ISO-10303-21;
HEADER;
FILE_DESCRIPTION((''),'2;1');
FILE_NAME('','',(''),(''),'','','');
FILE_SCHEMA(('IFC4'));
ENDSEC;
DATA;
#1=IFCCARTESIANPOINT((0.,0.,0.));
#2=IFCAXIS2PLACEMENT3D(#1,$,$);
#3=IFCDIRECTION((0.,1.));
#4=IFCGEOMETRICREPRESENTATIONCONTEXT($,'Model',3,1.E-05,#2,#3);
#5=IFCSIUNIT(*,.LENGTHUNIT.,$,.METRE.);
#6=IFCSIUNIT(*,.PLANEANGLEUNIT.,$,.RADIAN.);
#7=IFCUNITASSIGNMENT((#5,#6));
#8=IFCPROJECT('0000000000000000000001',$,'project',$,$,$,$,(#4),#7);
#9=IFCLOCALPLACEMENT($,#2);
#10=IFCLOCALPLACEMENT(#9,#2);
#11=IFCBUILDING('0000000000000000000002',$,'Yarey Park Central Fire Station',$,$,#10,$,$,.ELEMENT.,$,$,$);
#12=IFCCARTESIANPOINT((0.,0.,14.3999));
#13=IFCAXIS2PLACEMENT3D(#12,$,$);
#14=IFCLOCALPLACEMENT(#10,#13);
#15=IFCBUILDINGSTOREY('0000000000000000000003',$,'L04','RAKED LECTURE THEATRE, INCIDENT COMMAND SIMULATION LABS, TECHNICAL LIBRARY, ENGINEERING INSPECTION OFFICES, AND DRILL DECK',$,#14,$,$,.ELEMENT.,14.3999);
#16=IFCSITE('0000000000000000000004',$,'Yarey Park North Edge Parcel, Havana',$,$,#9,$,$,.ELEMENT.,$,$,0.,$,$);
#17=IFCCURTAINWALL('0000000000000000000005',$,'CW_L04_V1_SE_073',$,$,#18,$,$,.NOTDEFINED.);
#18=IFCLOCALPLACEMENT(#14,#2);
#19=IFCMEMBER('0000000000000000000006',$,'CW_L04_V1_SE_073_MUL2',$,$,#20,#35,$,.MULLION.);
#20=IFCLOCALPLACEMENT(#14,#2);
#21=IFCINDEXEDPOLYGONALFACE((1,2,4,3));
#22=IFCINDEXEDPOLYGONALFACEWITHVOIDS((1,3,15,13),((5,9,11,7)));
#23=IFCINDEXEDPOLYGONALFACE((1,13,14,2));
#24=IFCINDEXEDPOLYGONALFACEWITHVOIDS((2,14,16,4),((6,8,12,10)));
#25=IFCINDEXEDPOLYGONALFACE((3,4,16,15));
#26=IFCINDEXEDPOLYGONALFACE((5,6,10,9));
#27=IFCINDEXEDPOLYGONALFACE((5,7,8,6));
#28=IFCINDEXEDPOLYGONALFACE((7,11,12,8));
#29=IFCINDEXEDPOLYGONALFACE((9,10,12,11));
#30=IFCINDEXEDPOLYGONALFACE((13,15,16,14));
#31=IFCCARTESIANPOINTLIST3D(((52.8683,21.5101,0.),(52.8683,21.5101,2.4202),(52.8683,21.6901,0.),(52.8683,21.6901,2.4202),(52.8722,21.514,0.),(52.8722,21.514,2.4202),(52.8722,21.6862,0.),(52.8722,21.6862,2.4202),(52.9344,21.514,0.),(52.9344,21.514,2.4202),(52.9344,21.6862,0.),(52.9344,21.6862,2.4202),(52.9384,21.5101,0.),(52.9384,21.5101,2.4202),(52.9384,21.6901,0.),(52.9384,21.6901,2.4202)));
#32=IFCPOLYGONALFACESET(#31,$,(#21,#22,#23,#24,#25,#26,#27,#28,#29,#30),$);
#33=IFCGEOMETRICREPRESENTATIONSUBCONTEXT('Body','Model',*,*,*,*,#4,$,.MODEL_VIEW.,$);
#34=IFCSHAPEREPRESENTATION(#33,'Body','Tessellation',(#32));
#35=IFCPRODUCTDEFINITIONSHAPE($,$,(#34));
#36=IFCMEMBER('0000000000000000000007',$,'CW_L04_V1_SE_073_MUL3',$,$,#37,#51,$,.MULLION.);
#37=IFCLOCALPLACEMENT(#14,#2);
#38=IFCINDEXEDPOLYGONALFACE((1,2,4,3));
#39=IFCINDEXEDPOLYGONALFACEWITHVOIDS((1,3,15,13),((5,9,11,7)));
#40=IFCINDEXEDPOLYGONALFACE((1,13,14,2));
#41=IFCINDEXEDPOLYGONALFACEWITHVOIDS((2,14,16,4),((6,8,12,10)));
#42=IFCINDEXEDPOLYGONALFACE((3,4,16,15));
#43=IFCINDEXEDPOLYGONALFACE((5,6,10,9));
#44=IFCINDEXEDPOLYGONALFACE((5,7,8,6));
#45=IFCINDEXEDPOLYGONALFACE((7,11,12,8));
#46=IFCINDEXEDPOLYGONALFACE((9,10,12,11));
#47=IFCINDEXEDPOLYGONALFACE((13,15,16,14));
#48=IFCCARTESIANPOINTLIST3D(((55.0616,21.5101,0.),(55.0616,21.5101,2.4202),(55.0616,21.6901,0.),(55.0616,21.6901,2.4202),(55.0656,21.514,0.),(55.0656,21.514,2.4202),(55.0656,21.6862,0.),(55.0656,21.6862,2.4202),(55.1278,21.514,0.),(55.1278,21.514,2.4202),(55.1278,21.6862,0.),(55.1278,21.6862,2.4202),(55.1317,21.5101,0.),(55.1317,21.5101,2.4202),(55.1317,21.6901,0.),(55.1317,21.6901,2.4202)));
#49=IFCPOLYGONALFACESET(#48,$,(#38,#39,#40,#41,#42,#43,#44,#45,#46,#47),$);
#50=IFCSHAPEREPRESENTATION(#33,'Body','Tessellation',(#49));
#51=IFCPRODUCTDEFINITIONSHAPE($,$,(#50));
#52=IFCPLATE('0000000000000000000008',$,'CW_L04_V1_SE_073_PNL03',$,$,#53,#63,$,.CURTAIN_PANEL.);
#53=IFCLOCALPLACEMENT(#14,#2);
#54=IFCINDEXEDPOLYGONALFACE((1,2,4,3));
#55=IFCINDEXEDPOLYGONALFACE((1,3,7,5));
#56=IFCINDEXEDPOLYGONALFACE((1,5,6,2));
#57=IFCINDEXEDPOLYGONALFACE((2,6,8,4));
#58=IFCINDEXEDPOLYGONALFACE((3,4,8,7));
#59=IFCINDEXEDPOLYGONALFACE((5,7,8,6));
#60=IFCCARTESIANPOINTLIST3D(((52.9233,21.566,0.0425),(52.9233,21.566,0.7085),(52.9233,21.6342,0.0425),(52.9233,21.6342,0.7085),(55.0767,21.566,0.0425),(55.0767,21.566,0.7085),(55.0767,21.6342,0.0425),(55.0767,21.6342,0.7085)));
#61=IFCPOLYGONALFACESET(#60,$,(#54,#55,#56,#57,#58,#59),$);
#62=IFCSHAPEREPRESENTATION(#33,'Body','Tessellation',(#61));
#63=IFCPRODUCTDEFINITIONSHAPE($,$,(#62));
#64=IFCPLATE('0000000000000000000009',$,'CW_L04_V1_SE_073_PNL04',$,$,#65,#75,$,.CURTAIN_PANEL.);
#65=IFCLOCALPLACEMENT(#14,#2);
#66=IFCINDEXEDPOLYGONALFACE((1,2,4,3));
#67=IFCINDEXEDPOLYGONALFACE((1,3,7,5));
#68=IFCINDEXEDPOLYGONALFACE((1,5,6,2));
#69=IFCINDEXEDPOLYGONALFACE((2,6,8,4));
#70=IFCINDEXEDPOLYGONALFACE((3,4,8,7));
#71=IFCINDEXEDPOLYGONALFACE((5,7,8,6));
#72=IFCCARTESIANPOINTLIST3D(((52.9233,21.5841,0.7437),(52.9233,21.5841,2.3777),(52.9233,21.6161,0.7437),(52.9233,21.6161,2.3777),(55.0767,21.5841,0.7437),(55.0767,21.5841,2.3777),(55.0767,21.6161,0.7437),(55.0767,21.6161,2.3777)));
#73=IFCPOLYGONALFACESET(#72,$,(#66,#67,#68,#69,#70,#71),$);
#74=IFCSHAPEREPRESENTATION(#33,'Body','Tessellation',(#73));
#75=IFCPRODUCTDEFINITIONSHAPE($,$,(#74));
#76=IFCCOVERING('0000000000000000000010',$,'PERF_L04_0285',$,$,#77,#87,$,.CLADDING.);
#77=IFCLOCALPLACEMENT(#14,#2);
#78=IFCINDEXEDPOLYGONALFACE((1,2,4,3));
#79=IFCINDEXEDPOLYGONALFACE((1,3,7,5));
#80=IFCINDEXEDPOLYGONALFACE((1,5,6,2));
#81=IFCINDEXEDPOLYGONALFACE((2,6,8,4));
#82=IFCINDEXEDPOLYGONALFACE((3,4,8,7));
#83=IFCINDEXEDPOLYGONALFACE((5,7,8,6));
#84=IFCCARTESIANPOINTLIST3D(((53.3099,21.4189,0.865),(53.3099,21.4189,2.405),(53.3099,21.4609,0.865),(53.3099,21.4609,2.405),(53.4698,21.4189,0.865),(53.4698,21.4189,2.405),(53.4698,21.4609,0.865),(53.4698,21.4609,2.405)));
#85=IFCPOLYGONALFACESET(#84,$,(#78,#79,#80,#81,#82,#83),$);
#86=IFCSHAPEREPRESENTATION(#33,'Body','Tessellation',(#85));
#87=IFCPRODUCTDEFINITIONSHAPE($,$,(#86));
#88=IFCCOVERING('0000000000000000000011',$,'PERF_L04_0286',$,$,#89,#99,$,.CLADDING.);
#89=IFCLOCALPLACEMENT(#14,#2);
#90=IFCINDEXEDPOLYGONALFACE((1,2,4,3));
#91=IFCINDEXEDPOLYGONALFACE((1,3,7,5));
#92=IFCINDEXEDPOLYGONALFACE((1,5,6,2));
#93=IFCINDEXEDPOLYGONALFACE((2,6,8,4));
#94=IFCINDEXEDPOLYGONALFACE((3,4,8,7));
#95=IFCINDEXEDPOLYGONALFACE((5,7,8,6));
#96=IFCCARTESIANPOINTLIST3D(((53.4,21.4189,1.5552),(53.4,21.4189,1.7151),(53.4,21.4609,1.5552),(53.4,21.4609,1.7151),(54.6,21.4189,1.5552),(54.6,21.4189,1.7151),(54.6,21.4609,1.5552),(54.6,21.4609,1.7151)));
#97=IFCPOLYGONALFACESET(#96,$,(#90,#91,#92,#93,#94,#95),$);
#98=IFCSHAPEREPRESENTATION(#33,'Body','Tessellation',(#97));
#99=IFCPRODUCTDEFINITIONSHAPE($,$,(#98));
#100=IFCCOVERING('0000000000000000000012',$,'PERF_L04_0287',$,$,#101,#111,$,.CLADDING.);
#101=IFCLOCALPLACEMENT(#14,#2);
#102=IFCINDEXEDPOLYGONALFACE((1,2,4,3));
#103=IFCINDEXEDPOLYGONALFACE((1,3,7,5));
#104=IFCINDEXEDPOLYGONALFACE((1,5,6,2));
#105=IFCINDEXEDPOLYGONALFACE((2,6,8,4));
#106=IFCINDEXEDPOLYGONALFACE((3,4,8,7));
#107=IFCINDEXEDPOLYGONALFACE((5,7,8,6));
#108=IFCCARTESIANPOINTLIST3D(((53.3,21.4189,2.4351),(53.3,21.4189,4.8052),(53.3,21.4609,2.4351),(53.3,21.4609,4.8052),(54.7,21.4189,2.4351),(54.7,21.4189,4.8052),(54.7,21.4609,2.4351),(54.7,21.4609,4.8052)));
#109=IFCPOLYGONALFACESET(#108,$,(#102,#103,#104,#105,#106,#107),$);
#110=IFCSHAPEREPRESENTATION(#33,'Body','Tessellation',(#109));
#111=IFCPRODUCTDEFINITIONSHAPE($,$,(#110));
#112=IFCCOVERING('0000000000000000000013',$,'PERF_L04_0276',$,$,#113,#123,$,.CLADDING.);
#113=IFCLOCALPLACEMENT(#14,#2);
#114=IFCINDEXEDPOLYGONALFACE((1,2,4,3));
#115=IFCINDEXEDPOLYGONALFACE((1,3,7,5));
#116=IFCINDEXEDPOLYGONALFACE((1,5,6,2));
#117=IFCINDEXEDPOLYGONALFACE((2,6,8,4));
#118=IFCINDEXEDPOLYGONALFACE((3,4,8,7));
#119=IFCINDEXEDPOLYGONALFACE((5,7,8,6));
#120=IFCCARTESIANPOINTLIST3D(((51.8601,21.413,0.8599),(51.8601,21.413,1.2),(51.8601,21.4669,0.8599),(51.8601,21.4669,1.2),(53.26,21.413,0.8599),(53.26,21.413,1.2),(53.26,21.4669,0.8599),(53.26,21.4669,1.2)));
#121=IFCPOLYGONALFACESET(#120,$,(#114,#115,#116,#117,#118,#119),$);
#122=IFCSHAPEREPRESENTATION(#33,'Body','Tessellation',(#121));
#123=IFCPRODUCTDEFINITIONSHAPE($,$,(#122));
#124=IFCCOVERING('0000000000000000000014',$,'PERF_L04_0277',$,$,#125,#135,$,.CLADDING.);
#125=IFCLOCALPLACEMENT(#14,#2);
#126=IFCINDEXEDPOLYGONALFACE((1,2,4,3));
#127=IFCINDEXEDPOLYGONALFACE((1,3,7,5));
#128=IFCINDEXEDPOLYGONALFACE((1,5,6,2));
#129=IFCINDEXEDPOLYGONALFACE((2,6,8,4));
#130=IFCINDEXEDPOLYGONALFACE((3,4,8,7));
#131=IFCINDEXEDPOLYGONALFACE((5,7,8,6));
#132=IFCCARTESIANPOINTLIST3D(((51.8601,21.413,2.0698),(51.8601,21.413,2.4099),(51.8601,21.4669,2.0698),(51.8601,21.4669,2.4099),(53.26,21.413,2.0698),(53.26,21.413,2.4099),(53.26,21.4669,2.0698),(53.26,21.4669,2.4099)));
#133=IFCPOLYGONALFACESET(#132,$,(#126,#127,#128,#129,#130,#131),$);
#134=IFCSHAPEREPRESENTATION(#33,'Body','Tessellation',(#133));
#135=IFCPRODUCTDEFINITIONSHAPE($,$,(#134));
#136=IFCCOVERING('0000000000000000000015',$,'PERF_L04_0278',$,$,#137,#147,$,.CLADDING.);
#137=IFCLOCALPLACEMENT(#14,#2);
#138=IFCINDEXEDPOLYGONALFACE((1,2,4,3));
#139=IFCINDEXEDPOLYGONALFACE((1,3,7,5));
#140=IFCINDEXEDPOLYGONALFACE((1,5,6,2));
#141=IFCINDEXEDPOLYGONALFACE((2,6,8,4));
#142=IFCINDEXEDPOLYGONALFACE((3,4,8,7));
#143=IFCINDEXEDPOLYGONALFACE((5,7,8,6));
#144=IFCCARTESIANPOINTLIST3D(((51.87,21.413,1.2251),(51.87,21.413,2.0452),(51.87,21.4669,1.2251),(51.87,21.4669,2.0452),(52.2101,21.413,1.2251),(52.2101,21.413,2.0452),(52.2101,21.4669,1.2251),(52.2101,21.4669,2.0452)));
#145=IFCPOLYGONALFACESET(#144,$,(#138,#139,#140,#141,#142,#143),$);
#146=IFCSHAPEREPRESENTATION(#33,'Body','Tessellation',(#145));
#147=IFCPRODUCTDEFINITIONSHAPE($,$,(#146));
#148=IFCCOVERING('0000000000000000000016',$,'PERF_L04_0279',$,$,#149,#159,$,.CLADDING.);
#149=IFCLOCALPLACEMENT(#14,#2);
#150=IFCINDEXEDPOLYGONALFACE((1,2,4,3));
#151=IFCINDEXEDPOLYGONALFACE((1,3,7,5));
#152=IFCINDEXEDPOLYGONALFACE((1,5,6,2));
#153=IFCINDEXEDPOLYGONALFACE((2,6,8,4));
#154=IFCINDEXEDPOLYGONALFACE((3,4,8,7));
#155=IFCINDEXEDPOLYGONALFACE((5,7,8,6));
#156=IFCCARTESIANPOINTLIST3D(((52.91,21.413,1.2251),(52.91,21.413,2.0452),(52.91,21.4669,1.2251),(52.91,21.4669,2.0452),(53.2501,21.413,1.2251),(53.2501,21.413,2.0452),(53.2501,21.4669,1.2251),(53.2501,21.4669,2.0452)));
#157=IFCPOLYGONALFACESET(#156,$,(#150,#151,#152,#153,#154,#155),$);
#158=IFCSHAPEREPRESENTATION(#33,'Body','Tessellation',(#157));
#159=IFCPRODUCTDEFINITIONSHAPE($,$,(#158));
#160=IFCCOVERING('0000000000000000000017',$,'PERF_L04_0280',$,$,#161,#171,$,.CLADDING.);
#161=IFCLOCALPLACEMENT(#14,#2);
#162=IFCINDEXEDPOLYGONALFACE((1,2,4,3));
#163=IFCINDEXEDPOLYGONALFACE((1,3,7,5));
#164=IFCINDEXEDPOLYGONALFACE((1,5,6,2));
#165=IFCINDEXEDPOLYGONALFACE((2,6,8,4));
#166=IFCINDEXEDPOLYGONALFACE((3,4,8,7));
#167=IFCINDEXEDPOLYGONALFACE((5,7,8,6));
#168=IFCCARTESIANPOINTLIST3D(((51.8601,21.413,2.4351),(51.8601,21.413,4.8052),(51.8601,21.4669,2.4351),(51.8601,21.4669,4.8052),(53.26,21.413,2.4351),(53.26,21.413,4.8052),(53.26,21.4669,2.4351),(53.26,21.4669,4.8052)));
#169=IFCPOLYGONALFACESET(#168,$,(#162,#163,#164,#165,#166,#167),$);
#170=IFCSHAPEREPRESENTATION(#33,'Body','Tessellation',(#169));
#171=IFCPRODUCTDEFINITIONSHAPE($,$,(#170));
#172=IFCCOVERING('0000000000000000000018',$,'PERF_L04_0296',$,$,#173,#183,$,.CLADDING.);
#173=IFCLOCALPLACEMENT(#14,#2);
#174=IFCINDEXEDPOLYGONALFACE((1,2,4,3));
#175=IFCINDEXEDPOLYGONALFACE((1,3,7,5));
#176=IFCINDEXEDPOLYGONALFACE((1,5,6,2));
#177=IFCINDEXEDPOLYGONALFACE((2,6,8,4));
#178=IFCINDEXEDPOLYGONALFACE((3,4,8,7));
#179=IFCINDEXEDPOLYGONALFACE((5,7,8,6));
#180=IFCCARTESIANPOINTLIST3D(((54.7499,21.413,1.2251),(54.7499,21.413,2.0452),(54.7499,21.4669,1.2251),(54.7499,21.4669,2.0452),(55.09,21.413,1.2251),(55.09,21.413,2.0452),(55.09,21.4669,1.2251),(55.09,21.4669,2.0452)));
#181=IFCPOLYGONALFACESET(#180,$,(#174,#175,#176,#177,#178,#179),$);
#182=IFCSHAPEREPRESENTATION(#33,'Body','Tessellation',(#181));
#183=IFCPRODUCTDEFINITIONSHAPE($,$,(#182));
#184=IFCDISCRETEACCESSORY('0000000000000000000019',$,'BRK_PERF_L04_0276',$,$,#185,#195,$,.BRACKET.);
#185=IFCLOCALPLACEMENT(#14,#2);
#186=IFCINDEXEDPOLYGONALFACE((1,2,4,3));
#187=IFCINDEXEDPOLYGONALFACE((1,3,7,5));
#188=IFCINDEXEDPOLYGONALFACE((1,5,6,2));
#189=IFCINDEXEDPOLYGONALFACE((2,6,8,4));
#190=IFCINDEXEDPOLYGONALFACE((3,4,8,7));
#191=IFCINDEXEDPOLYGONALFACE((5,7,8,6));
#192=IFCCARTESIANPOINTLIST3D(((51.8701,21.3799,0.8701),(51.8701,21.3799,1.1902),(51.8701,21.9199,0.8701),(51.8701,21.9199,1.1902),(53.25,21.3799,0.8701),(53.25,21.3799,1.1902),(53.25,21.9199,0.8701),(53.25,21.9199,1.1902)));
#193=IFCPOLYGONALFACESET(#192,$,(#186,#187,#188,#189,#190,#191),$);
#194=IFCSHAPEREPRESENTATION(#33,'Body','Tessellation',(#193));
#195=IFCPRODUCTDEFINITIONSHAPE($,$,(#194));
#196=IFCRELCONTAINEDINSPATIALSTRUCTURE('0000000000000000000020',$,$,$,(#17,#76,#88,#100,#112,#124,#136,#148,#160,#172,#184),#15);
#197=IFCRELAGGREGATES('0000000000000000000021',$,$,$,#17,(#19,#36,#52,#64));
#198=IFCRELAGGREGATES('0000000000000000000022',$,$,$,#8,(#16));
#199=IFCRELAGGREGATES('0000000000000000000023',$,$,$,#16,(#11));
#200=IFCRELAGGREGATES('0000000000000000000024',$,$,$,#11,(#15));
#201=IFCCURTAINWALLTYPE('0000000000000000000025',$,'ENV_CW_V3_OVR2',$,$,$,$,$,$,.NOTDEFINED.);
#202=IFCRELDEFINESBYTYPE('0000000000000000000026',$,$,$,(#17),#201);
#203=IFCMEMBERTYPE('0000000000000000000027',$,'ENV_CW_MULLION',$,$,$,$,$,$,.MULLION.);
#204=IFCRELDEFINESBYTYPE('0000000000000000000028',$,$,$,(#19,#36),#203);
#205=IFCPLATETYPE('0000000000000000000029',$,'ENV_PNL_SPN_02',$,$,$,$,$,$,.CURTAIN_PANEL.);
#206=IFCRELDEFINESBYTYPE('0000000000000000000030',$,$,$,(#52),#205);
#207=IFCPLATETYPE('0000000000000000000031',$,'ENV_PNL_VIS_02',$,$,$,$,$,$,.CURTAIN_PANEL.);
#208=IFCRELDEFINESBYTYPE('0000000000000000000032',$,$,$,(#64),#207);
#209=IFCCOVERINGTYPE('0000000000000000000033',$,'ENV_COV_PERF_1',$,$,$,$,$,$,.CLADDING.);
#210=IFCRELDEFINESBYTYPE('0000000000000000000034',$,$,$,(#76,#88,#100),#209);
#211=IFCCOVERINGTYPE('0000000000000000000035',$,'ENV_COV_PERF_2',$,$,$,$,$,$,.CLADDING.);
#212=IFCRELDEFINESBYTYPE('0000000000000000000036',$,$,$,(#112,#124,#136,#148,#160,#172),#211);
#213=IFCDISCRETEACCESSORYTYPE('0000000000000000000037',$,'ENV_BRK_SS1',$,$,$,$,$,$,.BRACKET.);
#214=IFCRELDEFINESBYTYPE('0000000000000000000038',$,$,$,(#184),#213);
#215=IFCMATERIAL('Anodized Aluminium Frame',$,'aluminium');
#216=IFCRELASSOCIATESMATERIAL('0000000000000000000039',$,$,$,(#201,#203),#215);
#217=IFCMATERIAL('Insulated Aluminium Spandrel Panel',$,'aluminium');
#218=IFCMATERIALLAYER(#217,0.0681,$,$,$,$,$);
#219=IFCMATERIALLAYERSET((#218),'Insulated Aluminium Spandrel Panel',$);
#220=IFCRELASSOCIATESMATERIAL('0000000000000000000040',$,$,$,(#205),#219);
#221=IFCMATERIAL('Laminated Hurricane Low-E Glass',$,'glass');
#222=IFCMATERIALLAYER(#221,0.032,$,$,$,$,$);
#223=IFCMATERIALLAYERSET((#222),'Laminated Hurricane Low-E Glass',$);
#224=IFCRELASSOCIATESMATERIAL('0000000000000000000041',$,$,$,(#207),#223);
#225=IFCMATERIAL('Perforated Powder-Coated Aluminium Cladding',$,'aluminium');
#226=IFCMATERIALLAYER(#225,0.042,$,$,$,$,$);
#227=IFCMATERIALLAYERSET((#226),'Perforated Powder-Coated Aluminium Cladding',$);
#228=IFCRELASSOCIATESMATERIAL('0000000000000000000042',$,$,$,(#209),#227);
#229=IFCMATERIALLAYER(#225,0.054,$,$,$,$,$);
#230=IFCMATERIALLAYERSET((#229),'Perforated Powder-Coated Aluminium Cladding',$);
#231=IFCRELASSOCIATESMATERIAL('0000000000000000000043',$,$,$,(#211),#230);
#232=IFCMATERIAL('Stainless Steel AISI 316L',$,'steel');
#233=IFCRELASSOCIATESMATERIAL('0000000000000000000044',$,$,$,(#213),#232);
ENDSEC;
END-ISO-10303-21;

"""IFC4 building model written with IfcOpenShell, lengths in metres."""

from ifc_helpers import new_model, si_unit, direction, frame, origin, origin_2d, place, context, subcontext, project, spatial, rectangle, hollow_rectangle, extrude, material, layer, layer_set, material_profile, profile_set, type_object, element, aggregate, save


model = new_model("IFC4")

# Units and contexts
model_context = context("Model", 3, precision=1e-05, world=origin(), true_north=direction((0.0, 1.0)))
body_context = subcontext(model_context, "Body", "Model", "MODEL_VIEW")
ifc_project = project(units=[si_unit("LENGTHUNIT", "METRE"), si_unit("PLANEANGLEUNIT", "RADIAN")], contexts=[model_context])

# Site, building, storey
site_placement = place(None, origin())
site = spatial("IfcSite", under=ifc_project, at=site_placement, Name="Yarey Park North Edge Parcel, Havana", CompositionType="ELEMENT", RefElevation=0.0)
building_placement = place(site_placement, origin())
building = spatial("IfcBuilding", under=site, at=building_placement, Name="Yarey Park Central Fire Station", CompositionType="ELEMENT")
storey_placement = place(building_placement, frame((0.0, 0.0, 14.3999)))
storey = spatial("IfcBuildingStorey", under=building, at=storey_placement, Name="L04", Description="RAKED LECTURE THEATRE, INCIDENT COMMAND SIMULATION LABS, TECHNICAL LIBRARY, ENGINEERING INSPECTION OFFICES, AND DRILL DECK", CompositionType="ELEMENT", Elevation=14.3999)

# Curtain wall, members, plates
ifc_material_1 = material(Name="Anodized Aluminium Frame", Category="aluminium")
curtain_wall_type = type_object("IfcCurtainWallType", Name="ENV_CW_V3_OVR2", PredefinedType="NOTDEFINED", material=ifc_material_1)
curtain_wall_placement = place(storey_placement, origin())
curtain_wall = element("IfcCurtainWall", 1, at=curtain_wall_placement, inside=storey, type_object=curtain_wall_type, Name="CW_L04_V1_SE_073", PredefinedType="NOTDEFINED")
ifc_material_profile = material_profile(ifc_material_1, hollow_rectangle(XDim=0.0701, YDim=0.1799, WallThickness=0.0039, at=origin_2d()), Name="ALU 180x70x4")
ifc_profile_set = profile_set([ifc_material_profile], Name="Anodized Aluminium Frame")
member_type = type_object("IfcMemberType", Name="ENV_CW_MULLION", PredefinedType="MULLION", material=ifc_profile_set)
member_1_placement = place(storey_placement, frame((52.9033, 21.6001, 0.0), z_axis=(0.0, 0.0, 1.0), x_axis=(1.0, 0.0, 0.0)))
member_1 = element("IfcMember", 2, at=member_1_placement, type_object=member_type, Name="CW_L04_V1_SE_073_MUL2", PredefinedType="MULLION", context=body_context, shape_type="SweptSolid", body=[
    extrude(hollow_rectangle(XDim=0.0701, YDim=0.1799, WallThickness=0.0039, at=origin_2d()), origin(), (0.0, 0.0, 1.0), 2.4202),
])
member_2_placement = place(storey_placement, frame((55.0967, 21.6001, 0.0), z_axis=(0.0, 0.0, 1.0), x_axis=(1.0, 0.0, 0.0)))
member_2 = element("IfcMember", 3, at=member_2_placement, type_object=member_type, Name="CW_L04_V1_SE_073_MUL3", PredefinedType="MULLION", context=body_context, shape_type="SweptSolid", body=[
    extrude(hollow_rectangle(XDim=0.0701, YDim=0.1799, WallThickness=0.0039, at=origin_2d()), origin(), (0.0, 0.0, 1.0), 2.4202),
])
ifc_material_2 = material(Name="Insulated Aluminium Spandrel Panel", Category="aluminium")
ifc_layer_1 = layer(ifc_material_2, 0.0681)
ifc_layer_set_1 = layer_set([ifc_layer_1], Name="Insulated Aluminium Spandrel Panel")
plate_type_1 = type_object("IfcPlateType", Name="ENV_PNL_SPN_02", PredefinedType="CURTAIN_PANEL", material=ifc_layer_set_1)
plate_1_placement = place(storey_placement, frame((54.0, 21.6001, 0.0425), z_axis=(0.0, 0.0, 1.0), x_axis=(1.0, 0.0, 0.0)))
plate_1 = element("IfcPlate", 4, at=plate_1_placement, type_object=plate_type_1, Name="CW_L04_V1_SE_073_PNL03", PredefinedType="CURTAIN_PANEL", context=body_context, shape_type="SweptSolid", body=[
    extrude(rectangle(XDim=2.1533, YDim=0.0681, at=origin_2d()), origin(), (0.0, 0.0, 1.0), 0.666),
])
ifc_material_3 = material(Name="Laminated Hurricane Low-E Glass", Category="glass")
ifc_layer_2 = layer(ifc_material_3, 0.032)
ifc_layer_set_2 = layer_set([ifc_layer_2], Name="Laminated Hurricane Low-E Glass")
plate_type_2 = type_object("IfcPlateType", Name="ENV_PNL_VIS_02", PredefinedType="CURTAIN_PANEL", material=ifc_layer_set_2)
plate_2_placement = place(storey_placement, frame((54.0, 21.6001, 0.7437), z_axis=(0.0, 0.0, 1.0), x_axis=(1.0, 0.0, 0.0)))
plate_2 = element("IfcPlate", 5, at=plate_2_placement, type_object=plate_type_2, Name="CW_L04_V1_SE_073_PNL04", PredefinedType="CURTAIN_PANEL", context=body_context, shape_type="SweptSolid", body=[
    extrude(rectangle(XDim=2.1533, YDim=0.032, at=origin_2d()), origin(), (0.0, 0.0, 1.0), 1.634),
])
aggregate(curtain_wall, [member_1, member_2, plate_1, plate_2])

# Coverings
ifc_material_4 = material(Name="Perforated Powder-Coated Aluminium Cladding", Category="aluminium")
ifc_layer_3 = layer(ifc_material_4, 0.042)
ifc_layer_set_3 = layer_set([ifc_layer_3], Name="Perforated Powder-Coated Aluminium Cladding")
covering_type_1 = type_object("IfcCoveringType", Name="ENV_COV_PERF_1", PredefinedType="CLADDING", material=ifc_layer_set_3)
covering_1_placement = place(storey_placement, frame((53.3899, 21.4399, 0.865), z_axis=(0.0, 0.0, 1.0), x_axis=(1.0, 0.0, 0.0)))
element("IfcCovering", 6, at=covering_1_placement, inside=storey, type_object=covering_type_1, Name="PERF_L04_0285", PredefinedType="CLADDING", context=body_context, shape_type="SweptSolid", body=[
    extrude(rectangle(XDim=0.1599, YDim=0.042, at=origin_2d()), origin(), (0.0, 0.0, 1.0), 1.54),
])
covering_2_placement = place(storey_placement, frame((54.0, 21.4399, 1.5552), z_axis=(0.0, 0.0, 1.0), x_axis=(1.0, 0.0, 0.0)))
element("IfcCovering", 7, at=covering_2_placement, inside=storey, type_object=covering_type_1, Name="PERF_L04_0286", PredefinedType="CLADDING", context=body_context, shape_type="SweptSolid", body=[
    extrude(rectangle(XDim=1.2, YDim=0.042, at=origin_2d()), origin(), (0.0, 0.0, 1.0), 0.1599),
])
covering_3_placement = place(storey_placement, frame((54.0, 21.4399, 2.4351), z_axis=(0.0, 0.0, 1.0), x_axis=(1.0, 0.0, 0.0)))
element("IfcCovering", 8, at=covering_3_placement, inside=storey, type_object=covering_type_1, Name="PERF_L04_0287", PredefinedType="CLADDING", context=body_context, shape_type="SweptSolid", body=[
    extrude(rectangle(XDim=1.3999, YDim=0.042, at=origin_2d()), origin(), (0.0, 0.0, 1.0), 2.3701),
])
ifc_layer_4 = layer(ifc_material_4, 0.054)
ifc_layer_set_4 = layer_set([ifc_layer_4], Name="Perforated Powder-Coated Aluminium Cladding")
covering_type_2 = type_object("IfcCoveringType", Name="ENV_COV_PERF_2", PredefinedType="CLADDING", material=ifc_layer_set_4)
for number, where, z_axis, x_axis, name in (
    (9, (52.5601, 21.4399, 0.8599), (0.0, 0.0, 1.0), (1.0, 0.0, 0.0), "PERF_L04_0276"),
    (10, (52.5601, 21.4399, 2.0698), (0.0, 0.0, 1.0), (1.0, 0.0, 0.0), "PERF_L04_0277"),
):
    element("IfcCovering", number, at=place(storey_placement, frame(where, z_axis=z_axis, x_axis=x_axis)), inside=storey, type_object=covering_type_2, Name=name, PredefinedType="CLADDING", context=body_context, shape_type="SweptSolid", body=[
        extrude(rectangle(XDim=1.3999, YDim=0.054, at=origin_2d()), origin(), (0.0, 0.0, 1.0), 0.3401),
    ])
for number, where, z_axis, x_axis, name in (
    (11, (52.04, 21.4399, 1.2251), (0.0, 0.0, 1.0), (1.0, 0.0, 0.0), "PERF_L04_0278"),
    (12, (53.0801, 21.4399, 1.2251), (0.0, 0.0, 1.0), (1.0, 0.0, 0.0), "PERF_L04_0279"),
):
    element("IfcCovering", number, at=place(storey_placement, frame(where, z_axis=z_axis, x_axis=x_axis)), inside=storey, type_object=covering_type_2, Name=name, PredefinedType="CLADDING", context=body_context, shape_type="SweptSolid", body=[
        extrude(rectangle(XDim=0.3401, YDim=0.054, at=origin_2d()), origin(), (0.0, 0.0, 1.0), 0.8201),
    ])
covering_4_placement = place(storey_placement, frame((52.5601, 21.4399, 2.4351), z_axis=(0.0, 0.0, 1.0), x_axis=(1.0, 0.0, 0.0)))
element("IfcCovering", 13, at=covering_4_placement, inside=storey, type_object=covering_type_2, Name="PERF_L04_0280", PredefinedType="CLADDING", context=body_context, shape_type="SweptSolid", body=[
    extrude(rectangle(XDim=1.3999, YDim=0.054, at=origin_2d()), origin(), (0.0, 0.0, 1.0), 2.3701),
])
covering_5_placement = place(storey_placement, frame((54.9199, 21.4399, 1.2251), z_axis=(0.0, 0.0, 1.0), x_axis=(1.0, 0.0, 0.0)))
element("IfcCovering", 14, at=covering_5_placement, inside=storey, type_object=covering_type_2, Name="PERF_L04_0296", PredefinedType="CLADDING", context=body_context, shape_type="SweptSolid", body=[
    extrude(rectangle(XDim=0.3401, YDim=0.054, at=origin_2d()), origin(), (0.0, 0.0, 1.0), 0.8201),
])

# Discrete accessory
ifc_material_5 = material(Name="Stainless Steel AISI 316L", Category="steel")
discrete_accessory_type = type_object("IfcDiscreteAccessoryType", Name="ENV_BRK_SS1", PredefinedType="BRACKET", material=ifc_material_5)
for number, where, z_axis, x_axis, name in (
    (15, (52.5601, 21.6499, 0.8701), (0.0, 0.0, 1.0), (1.0, 0.0, 0.0), "BRK_PERF_L04_0276"),
):
    element("IfcDiscreteAccessory", number, at=place(storey_placement, frame(where, z_axis=z_axis, x_axis=x_axis)), inside=storey, type_object=discrete_accessory_type, Name=name, PredefinedType="BRACKET", context=body_context, shape_type="SweptSolid", body=[
        extrude(rectangle(XDim=1.3799, YDim=0.54, at=origin_2d()), origin(), (0.0, 0.0, 1.0), 0.3201),
    ])

save(model, "model.ifc")
